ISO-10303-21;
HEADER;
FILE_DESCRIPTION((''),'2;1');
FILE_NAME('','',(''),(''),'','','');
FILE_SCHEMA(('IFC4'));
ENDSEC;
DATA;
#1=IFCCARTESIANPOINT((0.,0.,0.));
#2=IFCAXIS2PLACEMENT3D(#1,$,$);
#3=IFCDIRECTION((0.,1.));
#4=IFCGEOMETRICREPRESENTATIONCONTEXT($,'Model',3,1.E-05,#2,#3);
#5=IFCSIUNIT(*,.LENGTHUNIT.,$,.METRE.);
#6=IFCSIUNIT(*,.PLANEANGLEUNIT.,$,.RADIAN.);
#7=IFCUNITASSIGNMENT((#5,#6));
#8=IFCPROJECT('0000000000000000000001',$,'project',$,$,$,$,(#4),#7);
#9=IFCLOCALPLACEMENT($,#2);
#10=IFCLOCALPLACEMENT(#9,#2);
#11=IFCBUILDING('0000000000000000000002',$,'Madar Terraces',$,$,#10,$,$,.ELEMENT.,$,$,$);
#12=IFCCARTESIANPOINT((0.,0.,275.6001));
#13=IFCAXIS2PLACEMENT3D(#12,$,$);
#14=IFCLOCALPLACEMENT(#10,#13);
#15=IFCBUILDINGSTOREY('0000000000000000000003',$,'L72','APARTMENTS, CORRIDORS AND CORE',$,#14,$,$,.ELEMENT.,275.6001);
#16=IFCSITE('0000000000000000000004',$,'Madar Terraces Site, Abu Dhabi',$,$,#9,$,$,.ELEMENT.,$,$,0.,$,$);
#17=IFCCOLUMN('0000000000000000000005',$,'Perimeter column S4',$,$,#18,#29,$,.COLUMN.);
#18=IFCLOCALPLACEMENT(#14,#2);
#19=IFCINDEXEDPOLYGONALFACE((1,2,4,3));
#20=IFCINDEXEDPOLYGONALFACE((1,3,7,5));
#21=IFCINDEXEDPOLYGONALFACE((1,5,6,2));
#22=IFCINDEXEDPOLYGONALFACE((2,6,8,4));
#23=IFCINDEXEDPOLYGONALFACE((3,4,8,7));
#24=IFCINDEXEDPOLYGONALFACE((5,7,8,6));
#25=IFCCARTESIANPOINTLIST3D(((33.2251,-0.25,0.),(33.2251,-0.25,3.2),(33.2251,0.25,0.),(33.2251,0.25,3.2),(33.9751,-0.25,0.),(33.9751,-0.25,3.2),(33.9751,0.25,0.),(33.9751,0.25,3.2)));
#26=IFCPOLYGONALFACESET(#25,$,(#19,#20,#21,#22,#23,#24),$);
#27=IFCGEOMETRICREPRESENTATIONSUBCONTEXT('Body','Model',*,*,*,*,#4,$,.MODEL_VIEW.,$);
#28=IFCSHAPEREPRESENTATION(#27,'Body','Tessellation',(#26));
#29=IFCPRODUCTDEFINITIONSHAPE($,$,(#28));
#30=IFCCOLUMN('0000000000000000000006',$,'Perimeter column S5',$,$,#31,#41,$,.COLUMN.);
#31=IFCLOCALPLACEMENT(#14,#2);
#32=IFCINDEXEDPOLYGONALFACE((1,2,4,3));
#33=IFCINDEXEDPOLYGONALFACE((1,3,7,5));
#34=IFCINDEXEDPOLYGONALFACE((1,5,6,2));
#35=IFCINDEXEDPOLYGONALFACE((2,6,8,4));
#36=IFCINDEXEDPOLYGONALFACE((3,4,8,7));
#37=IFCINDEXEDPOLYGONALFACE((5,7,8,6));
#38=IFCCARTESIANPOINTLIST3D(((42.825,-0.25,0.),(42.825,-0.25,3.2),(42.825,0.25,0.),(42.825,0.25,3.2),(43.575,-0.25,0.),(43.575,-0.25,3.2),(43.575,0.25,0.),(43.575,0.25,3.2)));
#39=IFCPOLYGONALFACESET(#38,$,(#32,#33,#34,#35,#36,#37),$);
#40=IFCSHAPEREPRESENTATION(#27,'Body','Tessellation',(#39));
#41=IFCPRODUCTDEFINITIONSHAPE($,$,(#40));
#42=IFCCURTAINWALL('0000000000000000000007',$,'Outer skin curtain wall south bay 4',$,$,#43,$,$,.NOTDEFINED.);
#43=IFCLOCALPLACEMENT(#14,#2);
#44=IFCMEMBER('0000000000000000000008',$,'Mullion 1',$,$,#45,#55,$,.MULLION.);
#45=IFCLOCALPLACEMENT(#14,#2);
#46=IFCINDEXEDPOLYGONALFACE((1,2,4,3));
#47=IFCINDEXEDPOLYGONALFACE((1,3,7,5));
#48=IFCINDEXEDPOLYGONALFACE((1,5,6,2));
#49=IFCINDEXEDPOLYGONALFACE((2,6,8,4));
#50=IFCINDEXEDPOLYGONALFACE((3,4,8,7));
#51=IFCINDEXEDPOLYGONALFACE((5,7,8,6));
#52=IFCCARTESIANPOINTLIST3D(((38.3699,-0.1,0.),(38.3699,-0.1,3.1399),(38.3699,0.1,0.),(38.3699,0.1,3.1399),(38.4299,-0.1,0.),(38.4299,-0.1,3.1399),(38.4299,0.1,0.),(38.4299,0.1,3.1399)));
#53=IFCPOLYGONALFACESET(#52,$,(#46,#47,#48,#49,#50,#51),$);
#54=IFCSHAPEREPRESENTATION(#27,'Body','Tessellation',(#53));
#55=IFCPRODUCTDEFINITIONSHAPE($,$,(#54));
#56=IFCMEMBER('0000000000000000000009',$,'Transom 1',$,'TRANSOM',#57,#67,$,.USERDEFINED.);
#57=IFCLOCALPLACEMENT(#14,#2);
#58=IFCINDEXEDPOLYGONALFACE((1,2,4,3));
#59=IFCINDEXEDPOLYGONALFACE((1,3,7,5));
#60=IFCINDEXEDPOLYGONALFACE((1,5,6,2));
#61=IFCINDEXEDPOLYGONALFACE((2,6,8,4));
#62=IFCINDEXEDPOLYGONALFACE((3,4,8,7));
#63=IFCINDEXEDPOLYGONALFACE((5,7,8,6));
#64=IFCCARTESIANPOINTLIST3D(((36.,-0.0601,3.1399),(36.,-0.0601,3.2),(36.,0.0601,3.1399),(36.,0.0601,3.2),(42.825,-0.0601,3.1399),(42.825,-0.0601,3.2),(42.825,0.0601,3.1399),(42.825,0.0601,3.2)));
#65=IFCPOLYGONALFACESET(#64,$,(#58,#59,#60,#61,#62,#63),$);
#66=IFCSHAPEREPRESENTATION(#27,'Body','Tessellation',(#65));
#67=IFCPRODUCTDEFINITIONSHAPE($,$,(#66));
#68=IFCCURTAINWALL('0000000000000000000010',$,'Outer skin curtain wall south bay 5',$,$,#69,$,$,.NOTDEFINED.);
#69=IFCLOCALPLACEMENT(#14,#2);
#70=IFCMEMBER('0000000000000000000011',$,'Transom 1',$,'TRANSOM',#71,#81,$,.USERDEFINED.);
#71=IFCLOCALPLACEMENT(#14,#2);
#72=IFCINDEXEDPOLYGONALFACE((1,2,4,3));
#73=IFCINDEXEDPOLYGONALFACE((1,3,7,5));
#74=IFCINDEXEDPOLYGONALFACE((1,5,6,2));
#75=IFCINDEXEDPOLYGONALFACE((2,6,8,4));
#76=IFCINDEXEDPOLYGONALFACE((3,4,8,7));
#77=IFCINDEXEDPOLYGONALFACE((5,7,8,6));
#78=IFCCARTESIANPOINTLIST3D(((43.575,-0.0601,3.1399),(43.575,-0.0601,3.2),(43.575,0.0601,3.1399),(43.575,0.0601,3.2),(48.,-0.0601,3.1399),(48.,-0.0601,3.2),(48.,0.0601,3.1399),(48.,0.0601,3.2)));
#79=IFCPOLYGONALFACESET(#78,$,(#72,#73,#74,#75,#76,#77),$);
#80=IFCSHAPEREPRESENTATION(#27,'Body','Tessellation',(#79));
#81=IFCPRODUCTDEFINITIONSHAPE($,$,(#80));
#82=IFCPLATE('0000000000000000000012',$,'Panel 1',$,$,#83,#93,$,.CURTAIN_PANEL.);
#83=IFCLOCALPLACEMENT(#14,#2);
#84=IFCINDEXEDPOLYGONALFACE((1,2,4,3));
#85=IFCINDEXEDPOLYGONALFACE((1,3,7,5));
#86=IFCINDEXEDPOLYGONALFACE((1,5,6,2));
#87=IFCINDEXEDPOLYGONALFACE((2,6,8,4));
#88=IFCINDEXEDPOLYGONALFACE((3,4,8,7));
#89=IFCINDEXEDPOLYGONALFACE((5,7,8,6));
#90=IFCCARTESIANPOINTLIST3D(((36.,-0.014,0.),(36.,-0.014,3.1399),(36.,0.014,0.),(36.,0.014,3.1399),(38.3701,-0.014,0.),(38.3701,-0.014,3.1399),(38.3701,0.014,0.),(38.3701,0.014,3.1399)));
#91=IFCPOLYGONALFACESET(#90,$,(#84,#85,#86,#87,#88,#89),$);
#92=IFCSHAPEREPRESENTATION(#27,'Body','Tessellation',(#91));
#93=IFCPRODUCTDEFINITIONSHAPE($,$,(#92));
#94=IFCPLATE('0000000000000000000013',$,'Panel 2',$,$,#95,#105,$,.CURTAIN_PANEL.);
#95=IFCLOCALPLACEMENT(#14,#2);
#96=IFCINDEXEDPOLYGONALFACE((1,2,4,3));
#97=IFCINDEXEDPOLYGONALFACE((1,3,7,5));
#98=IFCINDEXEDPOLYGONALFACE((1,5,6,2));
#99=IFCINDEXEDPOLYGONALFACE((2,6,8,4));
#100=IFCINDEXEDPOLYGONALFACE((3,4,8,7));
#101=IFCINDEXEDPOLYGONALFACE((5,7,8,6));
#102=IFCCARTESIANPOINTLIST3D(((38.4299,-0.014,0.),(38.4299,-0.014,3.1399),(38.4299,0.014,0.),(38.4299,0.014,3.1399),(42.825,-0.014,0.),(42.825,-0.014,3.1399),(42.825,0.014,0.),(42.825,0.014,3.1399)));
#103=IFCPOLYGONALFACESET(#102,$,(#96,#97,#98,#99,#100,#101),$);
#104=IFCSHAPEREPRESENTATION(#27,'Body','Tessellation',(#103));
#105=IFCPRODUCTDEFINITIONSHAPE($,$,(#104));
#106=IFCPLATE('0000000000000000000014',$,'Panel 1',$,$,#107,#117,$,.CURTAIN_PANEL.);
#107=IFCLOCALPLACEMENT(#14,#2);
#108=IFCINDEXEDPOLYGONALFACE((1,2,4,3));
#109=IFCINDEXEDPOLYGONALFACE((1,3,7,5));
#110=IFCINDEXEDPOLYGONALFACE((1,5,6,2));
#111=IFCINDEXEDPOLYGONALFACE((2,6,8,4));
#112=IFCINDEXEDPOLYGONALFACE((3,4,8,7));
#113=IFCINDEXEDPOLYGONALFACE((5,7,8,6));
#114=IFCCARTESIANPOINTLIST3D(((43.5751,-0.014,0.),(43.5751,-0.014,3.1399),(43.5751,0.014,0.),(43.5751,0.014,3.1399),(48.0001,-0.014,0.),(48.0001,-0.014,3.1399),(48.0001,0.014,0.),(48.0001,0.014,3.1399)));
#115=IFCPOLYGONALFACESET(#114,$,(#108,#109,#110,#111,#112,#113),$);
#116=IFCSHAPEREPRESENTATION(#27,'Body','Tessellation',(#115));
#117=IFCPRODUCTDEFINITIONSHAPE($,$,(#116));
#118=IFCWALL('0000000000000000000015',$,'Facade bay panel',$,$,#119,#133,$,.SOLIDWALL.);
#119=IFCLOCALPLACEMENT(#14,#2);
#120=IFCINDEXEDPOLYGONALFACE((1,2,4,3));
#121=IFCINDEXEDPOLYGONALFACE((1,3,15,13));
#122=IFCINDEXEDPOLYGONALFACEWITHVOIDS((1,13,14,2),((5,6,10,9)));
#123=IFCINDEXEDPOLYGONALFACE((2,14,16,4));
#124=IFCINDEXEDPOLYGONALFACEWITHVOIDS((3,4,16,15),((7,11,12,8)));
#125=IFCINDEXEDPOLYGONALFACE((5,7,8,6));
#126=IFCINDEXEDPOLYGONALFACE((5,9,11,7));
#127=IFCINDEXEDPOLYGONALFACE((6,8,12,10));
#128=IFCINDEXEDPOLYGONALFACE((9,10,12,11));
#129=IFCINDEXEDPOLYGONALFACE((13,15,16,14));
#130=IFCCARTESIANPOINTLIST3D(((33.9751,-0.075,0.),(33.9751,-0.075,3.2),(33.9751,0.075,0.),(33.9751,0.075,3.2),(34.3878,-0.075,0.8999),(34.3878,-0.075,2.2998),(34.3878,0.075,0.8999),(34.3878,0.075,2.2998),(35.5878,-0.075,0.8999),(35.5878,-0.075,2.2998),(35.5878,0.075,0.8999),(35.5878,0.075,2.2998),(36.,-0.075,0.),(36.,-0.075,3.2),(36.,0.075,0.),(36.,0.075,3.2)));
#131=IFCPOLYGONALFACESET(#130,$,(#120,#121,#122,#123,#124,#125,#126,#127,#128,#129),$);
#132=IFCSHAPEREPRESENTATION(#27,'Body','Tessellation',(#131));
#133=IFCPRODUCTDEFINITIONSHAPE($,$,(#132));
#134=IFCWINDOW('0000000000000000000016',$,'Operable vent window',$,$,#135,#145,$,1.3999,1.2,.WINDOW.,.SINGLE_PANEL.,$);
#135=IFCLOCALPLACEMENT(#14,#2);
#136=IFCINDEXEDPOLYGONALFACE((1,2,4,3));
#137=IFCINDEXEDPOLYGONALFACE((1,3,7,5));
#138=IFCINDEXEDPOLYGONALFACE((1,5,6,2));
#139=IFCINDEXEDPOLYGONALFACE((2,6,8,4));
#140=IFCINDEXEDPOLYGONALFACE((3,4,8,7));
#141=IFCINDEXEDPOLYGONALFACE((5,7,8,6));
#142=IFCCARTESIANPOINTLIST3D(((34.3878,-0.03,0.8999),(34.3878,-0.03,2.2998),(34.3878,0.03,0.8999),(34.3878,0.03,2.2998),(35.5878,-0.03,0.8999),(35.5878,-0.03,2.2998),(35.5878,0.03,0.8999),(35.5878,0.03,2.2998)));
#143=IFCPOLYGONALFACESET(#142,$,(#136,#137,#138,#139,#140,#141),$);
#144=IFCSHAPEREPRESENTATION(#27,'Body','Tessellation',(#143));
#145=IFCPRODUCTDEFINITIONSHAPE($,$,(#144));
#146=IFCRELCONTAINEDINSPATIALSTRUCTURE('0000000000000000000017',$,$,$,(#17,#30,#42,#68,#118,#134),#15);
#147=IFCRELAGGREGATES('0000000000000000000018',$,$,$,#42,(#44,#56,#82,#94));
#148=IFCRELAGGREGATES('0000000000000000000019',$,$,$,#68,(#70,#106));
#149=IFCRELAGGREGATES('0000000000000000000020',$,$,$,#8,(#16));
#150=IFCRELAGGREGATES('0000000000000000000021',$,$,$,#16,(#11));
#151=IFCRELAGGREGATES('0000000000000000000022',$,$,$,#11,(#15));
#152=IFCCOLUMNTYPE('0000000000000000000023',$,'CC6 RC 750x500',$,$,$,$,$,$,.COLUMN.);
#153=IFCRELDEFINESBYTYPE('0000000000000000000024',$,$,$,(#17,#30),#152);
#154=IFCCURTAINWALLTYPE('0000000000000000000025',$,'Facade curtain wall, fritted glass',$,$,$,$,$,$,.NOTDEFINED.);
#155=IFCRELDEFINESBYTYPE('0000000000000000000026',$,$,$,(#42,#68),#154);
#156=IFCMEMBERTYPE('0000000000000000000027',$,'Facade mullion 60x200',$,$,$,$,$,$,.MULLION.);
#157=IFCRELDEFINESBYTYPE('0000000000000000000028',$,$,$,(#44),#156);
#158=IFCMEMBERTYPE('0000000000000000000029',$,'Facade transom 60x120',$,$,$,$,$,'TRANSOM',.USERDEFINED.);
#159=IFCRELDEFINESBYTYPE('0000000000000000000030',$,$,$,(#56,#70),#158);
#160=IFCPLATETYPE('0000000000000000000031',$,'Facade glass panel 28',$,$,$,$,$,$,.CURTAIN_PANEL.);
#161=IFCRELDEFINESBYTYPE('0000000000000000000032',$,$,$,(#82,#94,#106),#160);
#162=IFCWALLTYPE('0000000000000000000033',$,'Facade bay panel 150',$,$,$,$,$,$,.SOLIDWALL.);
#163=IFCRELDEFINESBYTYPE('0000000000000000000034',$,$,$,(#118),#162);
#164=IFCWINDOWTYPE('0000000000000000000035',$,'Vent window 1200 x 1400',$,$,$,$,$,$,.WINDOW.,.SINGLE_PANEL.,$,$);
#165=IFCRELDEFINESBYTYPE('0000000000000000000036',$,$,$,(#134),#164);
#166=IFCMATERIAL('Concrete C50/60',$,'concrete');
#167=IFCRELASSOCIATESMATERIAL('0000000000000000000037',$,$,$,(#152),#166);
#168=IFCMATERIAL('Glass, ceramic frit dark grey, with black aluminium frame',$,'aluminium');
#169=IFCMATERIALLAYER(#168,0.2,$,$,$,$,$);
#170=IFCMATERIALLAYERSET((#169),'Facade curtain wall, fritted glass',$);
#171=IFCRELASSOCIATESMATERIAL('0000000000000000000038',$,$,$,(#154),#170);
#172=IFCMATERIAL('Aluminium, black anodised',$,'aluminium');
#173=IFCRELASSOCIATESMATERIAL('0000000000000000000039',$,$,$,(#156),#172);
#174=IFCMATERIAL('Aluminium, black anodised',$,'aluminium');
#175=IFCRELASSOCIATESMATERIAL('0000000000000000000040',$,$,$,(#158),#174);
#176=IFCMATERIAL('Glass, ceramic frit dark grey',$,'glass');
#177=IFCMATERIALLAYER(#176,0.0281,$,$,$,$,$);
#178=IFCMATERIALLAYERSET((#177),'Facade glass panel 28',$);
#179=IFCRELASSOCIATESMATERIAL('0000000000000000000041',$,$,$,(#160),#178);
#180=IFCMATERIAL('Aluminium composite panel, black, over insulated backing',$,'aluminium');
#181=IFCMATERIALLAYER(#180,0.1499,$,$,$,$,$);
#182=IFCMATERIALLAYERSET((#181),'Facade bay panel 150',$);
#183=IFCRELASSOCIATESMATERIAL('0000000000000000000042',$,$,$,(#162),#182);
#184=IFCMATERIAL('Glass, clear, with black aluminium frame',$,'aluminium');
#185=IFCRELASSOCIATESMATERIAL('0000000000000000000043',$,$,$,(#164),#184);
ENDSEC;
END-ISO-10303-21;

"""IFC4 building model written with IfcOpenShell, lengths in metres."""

from ifc_helpers import new_model, si_unit, direction, frame, frame_2d, origin, origin_2d, place, context, subcontext, project, spatial, rectangle, extrude, material, layer, layer_set, material_profile, profile_set, type_object, element, fill, aggregate, save


model = new_model("IFC4")

# Units and contexts
model_context = context("Model", 3, precision=1e-05, world=origin(), true_north=direction((0.0, 1.0)))
body_context = subcontext(model_context, "Body", "Model", "MODEL_VIEW")
ifc_project = project(units=[si_unit("LENGTHUNIT", "METRE"), si_unit("PLANEANGLEUNIT", "RADIAN")], contexts=[model_context])

# Site, building, storey
site_placement = place(None, origin())
site = spatial("IfcSite", under=ifc_project, at=site_placement, Name="Madar Terraces Site, Abu Dhabi", CompositionType="ELEMENT", RefElevation=0.0)
building_placement = place(site_placement, origin())
building = spatial("IfcBuilding", under=site, at=building_placement, Name="Madar Terraces", CompositionType="ELEMENT")
storey_placement = place(building_placement, frame((0.0, 0.0, 275.6001)))
storey = spatial("IfcBuildingStorey", under=building, at=storey_placement, Name="L72", Description="APARTMENTS, CORRIDORS AND CORE", CompositionType="ELEMENT", Elevation=275.6001)

# Columns
ifc_material_1 = material(Name="Concrete C50/60", Category="concrete")
ifc_material_profile_1 = material_profile(ifc_material_1, rectangle(XDim=0.75, YDim=0.5, at=origin_2d()), Name="CC6 RC 750x500")
ifc_profile_set_1 = profile_set([ifc_material_profile_1], Name="Concrete C50/60")
column_type = type_object("IfcColumnType", Name="CC6 RC 750x500", PredefinedType="COLUMN", material=ifc_profile_set_1)
for number, where, z_axis, x_axis, name in (
    (1, (33.6001, 0.0, 0.0), (0.0, 0.0, 1.0), (1.0, 0.0, 0.0), "Perimeter column S4"),
    (2, (43.2, 0.0, 0.0), (0.0, 0.0, 1.0), (1.0, 0.0, 0.0), "Perimeter column S5"),
):
    element("IfcColumn", number, at=place(storey_placement, frame(where, z_axis=z_axis, x_axis=x_axis)), inside=storey, type_object=column_type, Name=name, PredefinedType="COLUMN", context=body_context, shape_type="SweptSolid", body=[
        extrude(rectangle(XDim=0.75, YDim=0.5, at=origin_2d()), origin(), (0.0, 0.0, 1.0), 3.2),
    ])

# Curtain wall, members
ifc_material_2 = material(Name="Glass, ceramic frit dark grey, with black aluminium frame", Category="aluminium")
ifc_layer_1 = layer(ifc_material_2, 0.2)
ifc_layer_set_1 = layer_set([ifc_layer_1], Name="Facade curtain wall, fritted glass")
curtain_wall_type = type_object("IfcCurtainWallType", Name="Facade curtain wall, fritted glass", PredefinedType="NOTDEFINED", material=ifc_layer_set_1)
curtain_wall_1_placement = place(storey_placement, origin())
curtain_wall_1 = element("IfcCurtainWall", 3, at=curtain_wall_1_placement, inside=storey, type_object=curtain_wall_type, Name="Outer skin curtain wall south bay 4", PredefinedType="NOTDEFINED")
ifc_material_3 = material(Name="Aluminium, black anodised", Category="aluminium")
ifc_material_profile_2 = material_profile(ifc_material_3, rectangle(XDim=0.2, YDim=0.0601, at=origin_2d()), Name="Facade mullion 60x200")
ifc_profile_set_2 = profile_set([ifc_material_profile_2], Name="Aluminium, black anodised")
member_type_1 = type_object("IfcMemberType", Name="Facade mullion 60x200", PredefinedType="MULLION", material=ifc_profile_set_2)
member_1_placement = place(storey_placement, frame((38.3999, 0.0, 0.0), z_axis=(0.0, 0.0, 1.0), x_axis=(0.0, 1.0, 0.0)))
member_1 = element("IfcMember", 4, at=member_1_placement, type_object=member_type_1, Name="Mullion 1", PredefinedType="MULLION", context=body_context, shape_type="SweptSolid", body=[
    extrude(rectangle(XDim=0.2, YDim=0.0601, at=origin_2d()), origin(), (0.0, 0.0, 1.0), 3.1399),
])
ifc_material_4 = material(Name="Aluminium, black anodised", Category="aluminium")
ifc_material_profile_3 = material_profile(ifc_material_4, rectangle(XDim=0.1201, YDim=0.0601, at=origin_2d()), Name="Facade transom 60x120")
ifc_profile_set_3 = profile_set([ifc_material_profile_3], Name="Aluminium, black anodised")
member_type_2 = type_object("IfcMemberType", Name="Facade transom 60x120", ElementType="TRANSOM", PredefinedType="USERDEFINED", material=ifc_profile_set_3)
member_2_placement = place(storey_placement, frame((36.0, 0.0, 3.1699), z_axis=(1.0, 0.0, 0.0), x_axis=(0.0, 1.0, 0.0)))
member_2 = element("IfcMember", 5, at=member_2_placement, type_object=member_type_2, Name="Transom 1", ObjectType="TRANSOM", PredefinedType="USERDEFINED", context=body_context, shape_type="SweptSolid", body=[
    extrude(rectangle(XDim=0.1201, YDim=0.0601, at=origin_2d()), origin(), (0.0, 0.0, 1.0), 6.825),
])

# Curtain wall, member
curtain_wall_2_placement = place(storey_placement, origin())
curtain_wall_2 = element("IfcCurtainWall", 6, at=curtain_wall_2_placement, inside=storey, type_object=curtain_wall_type, Name="Outer skin curtain wall south bay 5", PredefinedType="NOTDEFINED")
member_3_placement = place(storey_placement, frame((43.575, 0.0, 3.1699), z_axis=(1.0, 0.0, 0.0), x_axis=(0.0, 1.0, 0.0)))
member_3 = element("IfcMember", 7, at=member_3_placement, type_object=member_type_2, Name="Transom 1", ObjectType="TRANSOM", PredefinedType="USERDEFINED", context=body_context, shape_type="SweptSolid", body=[
    extrude(rectangle(XDim=0.1201, YDim=0.0601, at=origin_2d()), origin(), (0.0, 0.0, 1.0), 4.425),
])

# Plates
ifc_material_5 = material(Name="Glass, ceramic frit dark grey", Category="glass")
ifc_layer_2 = layer(ifc_material_5, 0.0281)
ifc_layer_set_2 = layer_set([ifc_layer_2], Name="Facade glass panel 28")
plate_type = type_object("IfcPlateType", Name="Facade glass panel 28", PredefinedType="CURTAIN_PANEL", material=ifc_layer_set_2)
plate_1_placement = place(storey_placement, frame((37.1851, 0.0, 0.0), z_axis=(0.0, 0.0, 1.0), x_axis=(1.0, 0.0, 0.0)))
plate_1 = element("IfcPlate", 8, at=plate_1_placement, type_object=plate_type, Name="Panel 1", PredefinedType="CURTAIN_PANEL", context=body_context, shape_type="SweptSolid", body=[
    extrude(rectangle(XDim=2.3701, YDim=0.0281, at=origin_2d()), origin(), (0.0, 0.0, 1.0), 3.1399),
])
plate_2_placement = place(storey_placement, frame((40.6274, 0.0, 0.0), z_axis=(0.0, 0.0, 1.0), x_axis=(1.0, 0.0, 0.0)))
plate_2 = element("IfcPlate", 9, at=plate_2_placement, type_object=plate_type, Name="Panel 2", PredefinedType="CURTAIN_PANEL", context=body_context, shape_type="SweptSolid", body=[
    extrude(rectangle(XDim=4.395, YDim=0.0281, at=origin_2d()), origin(), (0.0, 0.0, 1.0), 3.1399),
])
aggregate(curtain_wall_1, [member_1, member_2, plate_1, plate_2])
plate_3_placement = place(storey_placement, frame((45.7876, 0.0, 0.0), z_axis=(0.0, 0.0, 1.0), x_axis=(1.0, 0.0, 0.0)))
plate_3 = element("IfcPlate", 10, at=plate_3_placement, type_object=plate_type, Name="Panel 1", PredefinedType="CURTAIN_PANEL", context=body_context, shape_type="SweptSolid", body=[
    extrude(rectangle(XDim=4.425, YDim=0.0281, at=origin_2d()), origin(), (0.0, 0.0, 1.0), 3.1399),
])
aggregate(curtain_wall_2, [member_3, plate_3])

# Wall, opening, window
ifc_material_6 = material(Name="Aluminium composite panel, black, over insulated backing", Category="aluminium")
ifc_layer_3 = layer(ifc_material_6, 0.1499)
ifc_layer_set_3 = layer_set([ifc_layer_3], Name="Facade bay panel 150")
wall_type_1 = type_object("IfcWallType", Name="Facade bay panel 150", PredefinedType="SOLIDWALL", material=ifc_layer_set_3)
wall_1_placement = place(storey_placement, frame((33.9751, 0.0, 0.0), z_axis=(0.0, 0.0, 1.0), x_axis=(1.0, 0.0, 0.0)))
wall_1 = element("IfcWall", 11, at=wall_1_placement, inside=storey, type_object=wall_type_1, Name="Facade bay panel", PredefinedType="SOLIDWALL", context=body_context, shape_type="SweptSolid", body=[
    extrude(rectangle(XDim=2.0249, YDim=0.1499, at=frame_2d((1.0125, 0.0))), origin(), (0.0, 0.0, 1.0), 3.2),
])
opening_1_placement = place(wall_1_placement, frame((0.4126, 0.0, 0.8999)))
opening_1 = element("IfcOpeningElement", 12, at=opening_1_placement, cuts=wall_1, PredefinedType="OPENING", context=body_context, shape_type="SweptSolid", body=[
    extrude(rectangle(XDim=1.2, YDim=1.3999, at=frame_2d((0.6001, 0.7))), frame((0.0, 0.085, 0.0), z_axis=(0.0, -1.0, 0.0), x_axis=(1.0, 0.0, 0.0)), (0.0, 0.0, 1.0), 0.1699),
])
ifc_material_7 = material(Name="Glass, clear, with black aluminium frame", Category="aluminium")
window_type = type_object("IfcWindowType", Name="Vent window 1200 x 1400", PartitioningType="SINGLE_PANEL", PredefinedType="WINDOW", material=ifc_material_7)
window_placement = place(opening_1_placement, origin())
window = element("IfcWindow", 13, at=window_placement, inside=storey, type_object=window_type, Name="Operable vent window", OverallHeight=1.3999, OverallWidth=1.2, PartitioningType="SINGLE_PANEL", PredefinedType="WINDOW", context=body_context, shape_type="SweptSolid", body=[
    extrude(rectangle(XDim=1.2, YDim=1.3999, at=frame_2d((0.6001, 0.7))), frame((0.0, 0.03, 0.0), z_axis=(0.0, -1.0, 0.0), x_axis=(1.0, 0.0, 0.0)), (0.0, 0.0, 1.0), 0.0601),
])
fill(opening_1, window)

save(model, "model.ifc")
